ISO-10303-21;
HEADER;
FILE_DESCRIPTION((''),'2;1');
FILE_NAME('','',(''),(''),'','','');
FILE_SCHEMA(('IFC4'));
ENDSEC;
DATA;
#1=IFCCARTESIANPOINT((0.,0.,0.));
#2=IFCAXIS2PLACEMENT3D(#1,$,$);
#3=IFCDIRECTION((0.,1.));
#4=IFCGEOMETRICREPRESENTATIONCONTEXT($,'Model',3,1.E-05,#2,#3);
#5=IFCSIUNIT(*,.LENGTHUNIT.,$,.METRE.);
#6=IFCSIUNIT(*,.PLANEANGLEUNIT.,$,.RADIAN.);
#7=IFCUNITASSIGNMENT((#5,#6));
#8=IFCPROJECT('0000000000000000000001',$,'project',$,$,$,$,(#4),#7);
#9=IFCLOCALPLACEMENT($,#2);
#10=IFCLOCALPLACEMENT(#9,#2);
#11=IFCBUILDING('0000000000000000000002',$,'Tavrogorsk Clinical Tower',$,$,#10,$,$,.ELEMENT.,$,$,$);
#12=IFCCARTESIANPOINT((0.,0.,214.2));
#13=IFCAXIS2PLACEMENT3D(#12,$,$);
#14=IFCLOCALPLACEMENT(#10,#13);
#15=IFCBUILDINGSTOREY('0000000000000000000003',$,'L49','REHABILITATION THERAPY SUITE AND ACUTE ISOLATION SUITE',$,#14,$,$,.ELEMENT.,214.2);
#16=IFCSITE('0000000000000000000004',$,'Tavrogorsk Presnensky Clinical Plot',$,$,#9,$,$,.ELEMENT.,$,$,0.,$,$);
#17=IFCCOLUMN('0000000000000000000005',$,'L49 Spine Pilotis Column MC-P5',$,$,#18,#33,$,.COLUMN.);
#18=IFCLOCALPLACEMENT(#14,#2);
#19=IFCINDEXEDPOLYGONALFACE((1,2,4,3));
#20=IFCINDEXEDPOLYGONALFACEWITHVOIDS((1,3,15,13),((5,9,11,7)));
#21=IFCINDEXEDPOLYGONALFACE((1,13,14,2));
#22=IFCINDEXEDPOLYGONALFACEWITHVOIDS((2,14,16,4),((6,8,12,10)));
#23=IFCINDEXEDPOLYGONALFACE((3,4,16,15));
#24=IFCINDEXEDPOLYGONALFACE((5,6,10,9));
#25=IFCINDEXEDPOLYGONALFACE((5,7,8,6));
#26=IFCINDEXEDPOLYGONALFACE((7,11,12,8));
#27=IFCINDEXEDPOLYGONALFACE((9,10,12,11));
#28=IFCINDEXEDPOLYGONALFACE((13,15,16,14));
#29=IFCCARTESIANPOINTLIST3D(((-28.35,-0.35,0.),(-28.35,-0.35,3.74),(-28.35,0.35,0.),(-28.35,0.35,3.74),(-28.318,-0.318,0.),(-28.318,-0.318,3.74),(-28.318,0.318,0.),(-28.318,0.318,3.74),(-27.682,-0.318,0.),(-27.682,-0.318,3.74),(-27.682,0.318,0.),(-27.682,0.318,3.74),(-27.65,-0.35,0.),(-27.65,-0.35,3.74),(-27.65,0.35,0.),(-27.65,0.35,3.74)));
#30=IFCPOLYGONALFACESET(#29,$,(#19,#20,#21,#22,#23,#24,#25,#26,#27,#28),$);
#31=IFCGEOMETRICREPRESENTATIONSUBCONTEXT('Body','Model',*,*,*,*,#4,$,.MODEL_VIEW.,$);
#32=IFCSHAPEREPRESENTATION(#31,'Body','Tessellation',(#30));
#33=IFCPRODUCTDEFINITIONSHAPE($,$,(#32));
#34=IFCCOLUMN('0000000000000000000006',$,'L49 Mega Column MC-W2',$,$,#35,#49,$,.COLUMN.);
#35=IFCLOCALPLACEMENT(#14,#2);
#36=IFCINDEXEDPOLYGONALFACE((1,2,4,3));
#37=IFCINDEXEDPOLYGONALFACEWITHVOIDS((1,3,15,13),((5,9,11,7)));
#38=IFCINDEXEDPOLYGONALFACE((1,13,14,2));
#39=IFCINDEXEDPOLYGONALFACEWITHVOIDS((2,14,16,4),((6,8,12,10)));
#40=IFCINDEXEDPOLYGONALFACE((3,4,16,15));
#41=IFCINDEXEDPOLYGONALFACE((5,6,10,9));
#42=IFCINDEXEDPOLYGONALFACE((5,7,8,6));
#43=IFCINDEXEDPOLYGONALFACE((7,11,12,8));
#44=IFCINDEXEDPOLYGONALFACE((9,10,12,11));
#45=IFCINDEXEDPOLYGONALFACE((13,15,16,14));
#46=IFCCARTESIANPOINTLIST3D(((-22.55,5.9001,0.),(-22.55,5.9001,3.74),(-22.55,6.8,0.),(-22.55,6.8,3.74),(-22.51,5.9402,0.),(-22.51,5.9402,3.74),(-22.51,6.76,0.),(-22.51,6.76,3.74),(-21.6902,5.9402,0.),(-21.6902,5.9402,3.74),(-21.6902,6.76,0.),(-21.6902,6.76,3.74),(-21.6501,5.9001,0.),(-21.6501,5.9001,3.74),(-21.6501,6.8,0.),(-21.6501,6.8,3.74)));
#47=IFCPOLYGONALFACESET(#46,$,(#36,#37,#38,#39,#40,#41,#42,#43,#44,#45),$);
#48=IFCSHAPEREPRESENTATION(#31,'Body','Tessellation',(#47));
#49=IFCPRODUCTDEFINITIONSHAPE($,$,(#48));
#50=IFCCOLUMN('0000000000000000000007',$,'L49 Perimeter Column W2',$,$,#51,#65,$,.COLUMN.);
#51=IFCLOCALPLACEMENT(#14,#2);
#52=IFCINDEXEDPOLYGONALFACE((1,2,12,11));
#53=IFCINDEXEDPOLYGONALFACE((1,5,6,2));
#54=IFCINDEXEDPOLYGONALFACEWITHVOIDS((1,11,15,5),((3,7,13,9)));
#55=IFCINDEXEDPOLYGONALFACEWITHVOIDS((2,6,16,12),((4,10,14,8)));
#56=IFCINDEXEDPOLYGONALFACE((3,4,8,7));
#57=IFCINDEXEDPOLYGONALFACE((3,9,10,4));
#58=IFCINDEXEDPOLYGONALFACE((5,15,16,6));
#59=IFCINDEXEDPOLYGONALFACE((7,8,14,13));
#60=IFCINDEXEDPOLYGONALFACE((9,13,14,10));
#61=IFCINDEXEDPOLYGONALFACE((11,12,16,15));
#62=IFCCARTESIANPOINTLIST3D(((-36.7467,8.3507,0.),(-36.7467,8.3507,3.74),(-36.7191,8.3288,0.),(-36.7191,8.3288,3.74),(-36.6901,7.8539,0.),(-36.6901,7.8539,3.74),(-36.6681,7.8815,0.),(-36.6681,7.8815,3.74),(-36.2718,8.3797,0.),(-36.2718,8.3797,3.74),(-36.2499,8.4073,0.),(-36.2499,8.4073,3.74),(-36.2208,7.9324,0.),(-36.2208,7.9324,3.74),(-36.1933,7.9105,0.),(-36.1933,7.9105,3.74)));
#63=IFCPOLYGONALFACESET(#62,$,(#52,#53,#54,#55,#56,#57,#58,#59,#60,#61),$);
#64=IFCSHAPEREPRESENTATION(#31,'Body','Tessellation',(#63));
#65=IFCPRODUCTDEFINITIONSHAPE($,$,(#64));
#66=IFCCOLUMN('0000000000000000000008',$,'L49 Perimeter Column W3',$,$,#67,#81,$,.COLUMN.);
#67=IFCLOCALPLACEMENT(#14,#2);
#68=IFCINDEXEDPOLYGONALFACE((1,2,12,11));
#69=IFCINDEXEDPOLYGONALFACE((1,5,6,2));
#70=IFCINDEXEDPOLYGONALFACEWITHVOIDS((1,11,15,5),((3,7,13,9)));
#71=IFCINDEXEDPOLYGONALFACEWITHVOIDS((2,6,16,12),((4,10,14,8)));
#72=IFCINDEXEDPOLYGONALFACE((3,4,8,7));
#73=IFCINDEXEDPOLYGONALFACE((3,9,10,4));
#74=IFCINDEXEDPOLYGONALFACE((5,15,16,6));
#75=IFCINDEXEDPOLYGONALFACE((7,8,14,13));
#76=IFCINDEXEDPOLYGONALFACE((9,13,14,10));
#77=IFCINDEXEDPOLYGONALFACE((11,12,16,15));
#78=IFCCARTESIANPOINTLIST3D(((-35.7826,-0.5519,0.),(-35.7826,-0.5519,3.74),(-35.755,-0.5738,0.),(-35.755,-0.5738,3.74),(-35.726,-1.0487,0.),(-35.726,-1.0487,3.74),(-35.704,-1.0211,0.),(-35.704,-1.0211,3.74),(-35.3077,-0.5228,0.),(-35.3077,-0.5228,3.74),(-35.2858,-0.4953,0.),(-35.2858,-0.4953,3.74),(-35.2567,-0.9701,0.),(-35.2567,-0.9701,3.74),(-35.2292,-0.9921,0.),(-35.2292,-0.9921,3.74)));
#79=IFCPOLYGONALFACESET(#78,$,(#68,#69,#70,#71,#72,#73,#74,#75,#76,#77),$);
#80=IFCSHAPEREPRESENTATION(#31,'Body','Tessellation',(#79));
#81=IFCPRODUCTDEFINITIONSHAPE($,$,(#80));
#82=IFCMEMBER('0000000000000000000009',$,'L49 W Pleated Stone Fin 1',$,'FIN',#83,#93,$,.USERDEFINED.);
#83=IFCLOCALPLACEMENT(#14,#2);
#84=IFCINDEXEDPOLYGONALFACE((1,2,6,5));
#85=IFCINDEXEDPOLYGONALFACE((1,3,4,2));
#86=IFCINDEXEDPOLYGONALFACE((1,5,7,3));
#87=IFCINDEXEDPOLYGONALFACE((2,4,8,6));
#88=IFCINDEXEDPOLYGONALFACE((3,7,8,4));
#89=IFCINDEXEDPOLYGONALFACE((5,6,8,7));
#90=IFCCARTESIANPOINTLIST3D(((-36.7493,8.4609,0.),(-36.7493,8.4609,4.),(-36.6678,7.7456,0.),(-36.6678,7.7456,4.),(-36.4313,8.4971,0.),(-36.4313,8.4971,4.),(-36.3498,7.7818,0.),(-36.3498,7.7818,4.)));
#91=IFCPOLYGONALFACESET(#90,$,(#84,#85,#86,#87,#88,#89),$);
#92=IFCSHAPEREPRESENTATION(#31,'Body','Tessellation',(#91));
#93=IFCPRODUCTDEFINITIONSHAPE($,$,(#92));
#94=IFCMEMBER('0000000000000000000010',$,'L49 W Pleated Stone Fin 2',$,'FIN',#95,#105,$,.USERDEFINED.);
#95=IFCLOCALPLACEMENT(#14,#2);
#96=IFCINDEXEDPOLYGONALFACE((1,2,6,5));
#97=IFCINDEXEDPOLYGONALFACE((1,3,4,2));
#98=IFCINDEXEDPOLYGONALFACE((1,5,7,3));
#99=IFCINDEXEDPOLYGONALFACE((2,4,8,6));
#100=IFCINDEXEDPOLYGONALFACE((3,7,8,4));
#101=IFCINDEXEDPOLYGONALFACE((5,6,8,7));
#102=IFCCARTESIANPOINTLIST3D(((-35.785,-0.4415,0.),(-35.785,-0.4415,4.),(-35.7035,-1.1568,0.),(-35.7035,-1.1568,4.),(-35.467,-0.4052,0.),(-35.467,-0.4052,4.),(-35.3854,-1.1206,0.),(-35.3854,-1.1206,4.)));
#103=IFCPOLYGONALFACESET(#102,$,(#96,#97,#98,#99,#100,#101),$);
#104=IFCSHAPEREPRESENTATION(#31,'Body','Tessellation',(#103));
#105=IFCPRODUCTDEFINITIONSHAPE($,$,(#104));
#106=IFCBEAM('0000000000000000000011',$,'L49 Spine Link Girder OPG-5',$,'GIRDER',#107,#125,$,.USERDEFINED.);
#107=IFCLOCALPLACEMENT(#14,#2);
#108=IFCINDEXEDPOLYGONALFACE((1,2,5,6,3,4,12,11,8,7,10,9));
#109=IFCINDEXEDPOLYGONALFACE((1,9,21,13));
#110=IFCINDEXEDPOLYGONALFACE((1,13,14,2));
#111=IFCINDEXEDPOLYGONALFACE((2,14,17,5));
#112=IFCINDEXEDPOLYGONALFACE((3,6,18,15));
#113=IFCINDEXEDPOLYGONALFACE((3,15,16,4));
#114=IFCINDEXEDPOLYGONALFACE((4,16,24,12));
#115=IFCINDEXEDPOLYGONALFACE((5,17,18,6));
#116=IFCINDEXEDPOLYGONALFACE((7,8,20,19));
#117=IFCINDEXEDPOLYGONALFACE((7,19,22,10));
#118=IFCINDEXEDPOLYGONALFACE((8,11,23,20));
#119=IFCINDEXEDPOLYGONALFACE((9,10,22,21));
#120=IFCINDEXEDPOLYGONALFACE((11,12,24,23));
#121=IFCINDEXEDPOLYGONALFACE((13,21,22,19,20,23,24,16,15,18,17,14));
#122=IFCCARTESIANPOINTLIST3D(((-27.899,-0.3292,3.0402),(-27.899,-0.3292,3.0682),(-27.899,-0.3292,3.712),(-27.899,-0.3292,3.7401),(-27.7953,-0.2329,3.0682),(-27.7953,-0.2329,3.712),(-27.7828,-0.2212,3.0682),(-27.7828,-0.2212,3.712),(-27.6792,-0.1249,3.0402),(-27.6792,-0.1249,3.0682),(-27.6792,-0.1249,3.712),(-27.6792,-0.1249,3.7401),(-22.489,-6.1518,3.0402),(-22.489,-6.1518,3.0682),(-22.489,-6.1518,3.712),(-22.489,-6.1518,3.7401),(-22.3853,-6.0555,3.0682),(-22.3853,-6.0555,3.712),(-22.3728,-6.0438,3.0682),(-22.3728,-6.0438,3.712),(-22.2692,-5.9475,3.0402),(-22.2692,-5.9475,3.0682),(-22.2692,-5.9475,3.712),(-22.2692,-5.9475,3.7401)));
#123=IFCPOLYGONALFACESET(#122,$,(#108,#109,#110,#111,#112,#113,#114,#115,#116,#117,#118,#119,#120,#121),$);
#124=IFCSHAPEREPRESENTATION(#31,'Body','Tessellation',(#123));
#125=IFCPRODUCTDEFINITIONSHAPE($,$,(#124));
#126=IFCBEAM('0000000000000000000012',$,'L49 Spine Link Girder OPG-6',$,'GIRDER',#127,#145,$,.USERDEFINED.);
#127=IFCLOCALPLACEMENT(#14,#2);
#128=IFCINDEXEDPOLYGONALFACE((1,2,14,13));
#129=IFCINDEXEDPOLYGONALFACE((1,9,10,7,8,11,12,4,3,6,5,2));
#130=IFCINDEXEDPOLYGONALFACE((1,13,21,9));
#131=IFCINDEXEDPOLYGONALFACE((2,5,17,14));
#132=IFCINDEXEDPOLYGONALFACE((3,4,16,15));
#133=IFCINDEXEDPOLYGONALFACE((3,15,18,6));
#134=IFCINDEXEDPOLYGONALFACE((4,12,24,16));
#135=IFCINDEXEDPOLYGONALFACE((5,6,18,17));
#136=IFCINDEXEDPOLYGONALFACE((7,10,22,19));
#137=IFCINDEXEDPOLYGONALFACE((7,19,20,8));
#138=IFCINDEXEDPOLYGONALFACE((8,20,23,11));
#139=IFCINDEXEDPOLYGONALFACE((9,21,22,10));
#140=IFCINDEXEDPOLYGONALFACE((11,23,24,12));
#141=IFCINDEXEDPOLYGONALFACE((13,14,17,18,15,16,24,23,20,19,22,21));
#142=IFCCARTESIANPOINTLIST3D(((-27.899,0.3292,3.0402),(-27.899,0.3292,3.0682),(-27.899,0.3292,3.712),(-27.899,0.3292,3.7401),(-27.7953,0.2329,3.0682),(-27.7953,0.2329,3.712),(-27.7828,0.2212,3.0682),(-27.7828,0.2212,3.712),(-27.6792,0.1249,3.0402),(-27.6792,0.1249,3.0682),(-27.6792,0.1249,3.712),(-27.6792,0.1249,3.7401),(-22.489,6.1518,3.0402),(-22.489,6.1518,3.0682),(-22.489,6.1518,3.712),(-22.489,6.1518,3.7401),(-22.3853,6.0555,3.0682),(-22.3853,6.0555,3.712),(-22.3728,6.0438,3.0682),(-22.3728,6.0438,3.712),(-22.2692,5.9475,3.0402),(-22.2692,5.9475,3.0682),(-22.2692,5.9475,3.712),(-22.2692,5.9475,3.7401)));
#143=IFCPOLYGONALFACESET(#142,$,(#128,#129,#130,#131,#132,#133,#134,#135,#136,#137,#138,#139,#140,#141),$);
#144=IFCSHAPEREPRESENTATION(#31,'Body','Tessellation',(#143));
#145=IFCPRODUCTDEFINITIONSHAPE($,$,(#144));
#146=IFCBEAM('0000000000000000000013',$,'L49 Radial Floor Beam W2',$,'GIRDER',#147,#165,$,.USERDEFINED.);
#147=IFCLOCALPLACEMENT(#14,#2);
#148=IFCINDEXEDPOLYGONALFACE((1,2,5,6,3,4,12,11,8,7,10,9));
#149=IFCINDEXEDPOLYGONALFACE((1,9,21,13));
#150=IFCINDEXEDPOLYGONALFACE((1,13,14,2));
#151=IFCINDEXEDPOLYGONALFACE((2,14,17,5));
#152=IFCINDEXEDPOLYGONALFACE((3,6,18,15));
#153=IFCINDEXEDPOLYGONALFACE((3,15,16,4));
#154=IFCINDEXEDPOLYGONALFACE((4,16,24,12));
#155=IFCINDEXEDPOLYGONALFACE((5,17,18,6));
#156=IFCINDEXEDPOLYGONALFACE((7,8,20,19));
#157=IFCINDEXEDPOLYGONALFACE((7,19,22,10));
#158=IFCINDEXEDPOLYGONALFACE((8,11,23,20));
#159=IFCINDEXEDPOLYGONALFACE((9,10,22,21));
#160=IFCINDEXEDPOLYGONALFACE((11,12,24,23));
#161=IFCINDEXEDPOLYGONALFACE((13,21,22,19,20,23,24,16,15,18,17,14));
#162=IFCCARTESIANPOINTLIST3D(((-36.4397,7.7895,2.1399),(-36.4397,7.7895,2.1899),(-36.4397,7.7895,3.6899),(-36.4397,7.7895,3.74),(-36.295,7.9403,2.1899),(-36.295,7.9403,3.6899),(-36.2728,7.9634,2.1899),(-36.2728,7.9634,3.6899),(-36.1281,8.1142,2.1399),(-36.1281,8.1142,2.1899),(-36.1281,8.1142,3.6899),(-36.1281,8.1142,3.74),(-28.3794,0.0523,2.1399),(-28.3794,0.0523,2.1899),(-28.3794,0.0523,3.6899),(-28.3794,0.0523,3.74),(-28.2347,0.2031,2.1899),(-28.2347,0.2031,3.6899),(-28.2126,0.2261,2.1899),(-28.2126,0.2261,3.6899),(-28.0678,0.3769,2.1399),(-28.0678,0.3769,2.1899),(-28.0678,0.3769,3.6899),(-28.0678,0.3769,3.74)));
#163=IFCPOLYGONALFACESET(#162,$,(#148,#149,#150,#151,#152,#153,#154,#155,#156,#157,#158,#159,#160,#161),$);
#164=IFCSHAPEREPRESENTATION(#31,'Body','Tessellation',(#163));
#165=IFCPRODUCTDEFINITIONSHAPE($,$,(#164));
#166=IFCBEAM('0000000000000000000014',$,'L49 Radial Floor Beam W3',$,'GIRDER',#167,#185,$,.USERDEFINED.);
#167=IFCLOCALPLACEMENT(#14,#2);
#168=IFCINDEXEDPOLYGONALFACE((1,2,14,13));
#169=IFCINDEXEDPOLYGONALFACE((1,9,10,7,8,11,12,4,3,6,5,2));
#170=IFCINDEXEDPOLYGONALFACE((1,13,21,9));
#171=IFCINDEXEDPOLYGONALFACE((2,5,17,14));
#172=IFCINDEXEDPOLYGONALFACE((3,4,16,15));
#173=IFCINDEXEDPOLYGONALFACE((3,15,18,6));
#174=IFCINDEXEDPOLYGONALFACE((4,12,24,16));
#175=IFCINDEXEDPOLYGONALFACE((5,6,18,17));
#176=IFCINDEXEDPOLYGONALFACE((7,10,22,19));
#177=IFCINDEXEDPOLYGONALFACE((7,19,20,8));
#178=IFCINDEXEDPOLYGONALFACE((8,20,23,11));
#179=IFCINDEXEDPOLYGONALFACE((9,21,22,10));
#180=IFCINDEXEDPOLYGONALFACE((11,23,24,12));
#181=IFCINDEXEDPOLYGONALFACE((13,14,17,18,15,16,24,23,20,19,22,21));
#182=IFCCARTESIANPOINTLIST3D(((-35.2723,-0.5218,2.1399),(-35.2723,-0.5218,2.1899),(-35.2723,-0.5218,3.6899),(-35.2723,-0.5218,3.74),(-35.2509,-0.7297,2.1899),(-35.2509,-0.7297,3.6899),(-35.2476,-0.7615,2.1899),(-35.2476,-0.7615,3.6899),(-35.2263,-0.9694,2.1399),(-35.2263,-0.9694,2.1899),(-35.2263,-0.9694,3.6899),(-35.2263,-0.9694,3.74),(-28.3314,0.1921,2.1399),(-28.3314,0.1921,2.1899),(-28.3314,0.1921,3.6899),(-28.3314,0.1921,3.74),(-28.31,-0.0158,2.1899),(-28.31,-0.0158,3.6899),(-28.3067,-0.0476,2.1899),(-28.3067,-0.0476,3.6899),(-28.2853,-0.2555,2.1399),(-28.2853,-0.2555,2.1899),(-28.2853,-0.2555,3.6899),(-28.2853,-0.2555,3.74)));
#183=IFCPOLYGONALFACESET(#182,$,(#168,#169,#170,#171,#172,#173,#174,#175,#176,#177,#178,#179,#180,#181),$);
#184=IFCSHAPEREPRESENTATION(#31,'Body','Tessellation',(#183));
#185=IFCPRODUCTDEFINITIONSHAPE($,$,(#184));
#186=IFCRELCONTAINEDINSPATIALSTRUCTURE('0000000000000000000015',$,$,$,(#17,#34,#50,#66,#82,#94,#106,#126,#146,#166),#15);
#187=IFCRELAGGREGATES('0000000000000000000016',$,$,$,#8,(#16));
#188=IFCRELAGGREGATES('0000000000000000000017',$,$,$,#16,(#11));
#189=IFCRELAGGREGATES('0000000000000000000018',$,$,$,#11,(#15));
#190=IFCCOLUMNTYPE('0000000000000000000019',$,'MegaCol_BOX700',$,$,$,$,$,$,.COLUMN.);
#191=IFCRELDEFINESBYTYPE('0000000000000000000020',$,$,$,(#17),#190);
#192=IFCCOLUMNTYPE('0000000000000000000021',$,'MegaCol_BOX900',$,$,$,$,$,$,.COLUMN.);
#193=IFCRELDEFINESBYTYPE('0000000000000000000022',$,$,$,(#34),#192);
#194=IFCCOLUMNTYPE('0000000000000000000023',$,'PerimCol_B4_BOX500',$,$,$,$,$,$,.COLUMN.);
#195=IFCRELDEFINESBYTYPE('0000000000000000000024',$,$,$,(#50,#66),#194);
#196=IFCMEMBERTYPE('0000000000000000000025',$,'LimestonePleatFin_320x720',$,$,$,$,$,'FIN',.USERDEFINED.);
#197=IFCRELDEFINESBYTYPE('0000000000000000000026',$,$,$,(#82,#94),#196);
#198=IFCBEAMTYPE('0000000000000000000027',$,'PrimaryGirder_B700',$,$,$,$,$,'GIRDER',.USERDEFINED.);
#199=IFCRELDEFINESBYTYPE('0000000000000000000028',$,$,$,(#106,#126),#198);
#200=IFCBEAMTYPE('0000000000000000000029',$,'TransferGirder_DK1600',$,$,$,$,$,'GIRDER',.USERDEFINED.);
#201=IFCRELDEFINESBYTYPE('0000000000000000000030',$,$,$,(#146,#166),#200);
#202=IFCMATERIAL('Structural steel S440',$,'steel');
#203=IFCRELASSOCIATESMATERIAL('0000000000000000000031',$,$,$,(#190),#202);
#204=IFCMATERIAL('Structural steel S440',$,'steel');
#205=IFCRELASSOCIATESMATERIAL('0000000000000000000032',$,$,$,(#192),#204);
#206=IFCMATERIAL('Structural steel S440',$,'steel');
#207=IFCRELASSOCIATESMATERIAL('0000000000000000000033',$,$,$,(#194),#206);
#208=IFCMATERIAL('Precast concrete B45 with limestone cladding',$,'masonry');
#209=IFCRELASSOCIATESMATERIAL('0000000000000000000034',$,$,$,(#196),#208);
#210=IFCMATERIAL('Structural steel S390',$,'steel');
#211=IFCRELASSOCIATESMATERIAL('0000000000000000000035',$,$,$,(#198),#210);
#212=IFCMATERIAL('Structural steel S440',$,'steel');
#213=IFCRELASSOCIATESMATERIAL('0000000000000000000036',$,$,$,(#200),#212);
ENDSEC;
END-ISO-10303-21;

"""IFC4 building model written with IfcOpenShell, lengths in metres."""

from ifc_helpers import new_model, si_unit, direction, frame, origin, origin_2d, place, context, subcontext, project, spatial, rectangle, hollow_rectangle, i_section, extrude, material, material_profile, profile_set, type_object, element, save


model = new_model("IFC4")

# Units and contexts
model_context = context("Model", 3, precision=1e-05, world=origin(), true_north=direction((0.0, 1.0)))
body_context = subcontext(model_context, "Body", "Model", "MODEL_VIEW")
ifc_project = project(units=[si_unit("LENGTHUNIT", "METRE"), si_unit("PLANEANGLEUNIT", "RADIAN")], contexts=[model_context])

# Site, building, storey
site_placement = place(None, origin())
site = spatial("IfcSite", under=ifc_project, at=site_placement, Name="Tavrogorsk Presnensky Clinical Plot", CompositionType="ELEMENT", RefElevation=0.0)
building_placement = place(site_placement, origin())
building = spatial("IfcBuilding", under=site, at=building_placement, Name="Tavrogorsk Clinical Tower", CompositionType="ELEMENT")
storey_placement = place(building_placement, frame((0.0, 0.0, 214.2)))
storey = spatial("IfcBuildingStorey", under=building, at=storey_placement, Name="L49", Description="REHABILITATION THERAPY SUITE AND ACUTE ISOLATION SUITE", CompositionType="ELEMENT", Elevation=214.2)

# Columns
ifc_material_1 = material(Name="Structural steel S440", Category="steel")
ifc_material_profile_1 = material_profile(ifc_material_1, hollow_rectangle(XDim=0.7, YDim=0.7, WallThickness=0.032, at=origin_2d()), Name="BOX-700x700x32")
ifc_profile_set_1 = profile_set([ifc_material_profile_1], Name="Structural steel S440")
column_type_1 = type_object("IfcColumnType", Name="MegaCol_BOX700", PredefinedType="COLUMN", material=ifc_profile_set_1)
column_1_placement = place(storey_placement, frame((-28.0, 0.0, 0.0), z_axis=(0.0, 0.0, 1.0), x_axis=(1.0, 0.0, 0.0)))
element("IfcColumn", 1, at=column_1_placement, inside=storey, type_object=column_type_1, Name="L49 Spine Pilotis Column MC-P5", PredefinedType="COLUMN", context=body_context, shape_type="SweptSolid", body=[
    extrude(hollow_rectangle(XDim=0.7, YDim=0.7, WallThickness=0.032, at=origin_2d()), origin(), (0.0, 0.0, 1.0), 3.74),
])
ifc_material_2 = material(Name="Structural steel S440", Category="steel")
ifc_material_profile_2 = material_profile(ifc_material_2, hollow_rectangle(XDim=0.8999, YDim=0.8999, WallThickness=0.04, at=origin_2d()), Name="BOX-900x900x40")
ifc_profile_set_2 = profile_set([ifc_material_profile_2], Name="Structural steel S440")
column_type_2 = type_object("IfcColumnType", Name="MegaCol_BOX900", PredefinedType="COLUMN", material=ifc_profile_set_2)
column_2_placement = place(storey_placement, frame((-22.1001, 6.3501, 0.0), z_axis=(0.0, 0.0, 1.0), x_axis=(1.0, 0.0, 0.0)))
element("IfcColumn", 2, at=column_2_placement, inside=storey, type_object=column_type_2, Name="L49 Mega Column MC-W2", PredefinedType="COLUMN", context=body_context, shape_type="SweptSolid", body=[
    extrude(hollow_rectangle(XDim=0.8999, YDim=0.8999, WallThickness=0.04, at=origin_2d()), origin(), (0.0, 0.0, 1.0), 3.74),
])
ifc_material_3 = material(Name="Structural steel S440", Category="steel")
ifc_material_profile_3 = material_profile(ifc_material_3, hollow_rectangle(XDim=0.5, YDim=0.5, WallThickness=0.0249, at=origin_2d()), Name="BOX-500x500x25")
ifc_profile_set_3 = profile_set([ifc_material_profile_3], Name="Structural steel S440")
column_type_3 = type_object("IfcColumnType", Name="PerimCol_B4_BOX500", PredefinedType="COLUMN", material=ifc_profile_set_3)
for number, where, z_axis, x_axis, name in (
    (3, (-36.47, 8.1306, 0.0), (0.0, 0.0, 1.0), (0.993572, 0.113203, 0.0), "L49 Perimeter Column W2"),
    (4, (-35.5059, -0.772, 0.0), (0.0, 0.0, 1.0), (0.993572, 0.113203, 0.0), "L49 Perimeter Column W3"),
):
    element("IfcColumn", number, at=place(storey_placement, frame(where, z_axis=z_axis, x_axis=x_axis)), inside=storey, type_object=column_type_3, Name=name, PredefinedType="COLUMN", context=body_context, shape_type="SweptSolid", body=[
        extrude(hollow_rectangle(XDim=0.5, YDim=0.5, WallThickness=0.0249, at=origin_2d()), origin(), (0.0, 0.0, 1.0), 3.74),
    ])

# Members
ifc_material_4 = material(Name="Precast concrete B45 with limestone cladding", Category="masonry")
ifc_material_profile_4 = material_profile(ifc_material_4, rectangle(XDim=0.3201, YDim=0.72, at=origin_2d()), Name="LIMESTONE-FIN-320x720")
ifc_profile_set_4 = profile_set([ifc_material_profile_4], Name="Precast concrete B45 with limestone cladding")
member_type = type_object("IfcMemberType", Name="LimestonePleatFin_320x720", ElementType="FIN", PredefinedType="USERDEFINED", material=ifc_profile_set_4)
for number, where, z_axis, x_axis, name in (
    (5, (-36.5496, 8.1213, 0.0), (0.0, 0.0, 1.0), (0.993572, 0.113203, 0.0), "L49 W Pleated Stone Fin 1"),
    (6, (-35.5852, -0.781, 0.0), (0.0, 0.0, 1.0), (0.993572, 0.113203, 0.0), "L49 W Pleated Stone Fin 2"),
):
    element("IfcMember", number, at=place(storey_placement, frame(where, z_axis=z_axis, x_axis=x_axis)), inside=storey, type_object=member_type, Name=name, ObjectType="FIN", PredefinedType="USERDEFINED", context=body_context, shape_type="SweptSolid", body=[
        extrude(rectangle(XDim=0.3201, YDim=0.72, at=origin_2d()), origin(), (0.0, 0.0, 1.0), 4.0),
    ])

# Beams
ifc_material_5 = material(Name="Structural steel S390", Category="steel")
ifc_material_profile_5 = material_profile(ifc_material_5, i_section(OverallWidth=0.3, OverallDepth=0.7, WebThickness=0.0171, FlangeThickness=0.0281, at=origin_2d()), Name="B-700x300x17x28")
ifc_profile_set_5 = profile_set([ifc_material_profile_5], Name="Structural steel S390")
beam_type_1 = type_object("IfcBeamType", Name="PrimaryGirder_B700", ElementType="GIRDER", PredefinedType="USERDEFINED", material=ifc_profile_set_5)
for number, where, z_axis, x_axis, name in (
    (7, (-27.7891, -0.2271, 3.3901), (0.680674, -0.732587, 0.0), (0.732587, 0.680674, 0.0), "L49 Spine Link Girder OPG-5"),
    (8, (-27.7891, 0.2271, 3.3901), (0.680674, 0.732587, 0.0), (-0.732587, 0.680674, 0.0), "L49 Spine Link Girder OPG-6"),
):
    element("IfcBeam", number, at=place(storey_placement, frame(where, z_axis=z_axis, x_axis=x_axis)), inside=storey, type_object=beam_type_1, Name=name, ObjectType="GIRDER", PredefinedType="USERDEFINED", context=body_context, shape_type="SweptSolid", body=[
        extrude(i_section(OverallWidth=0.3, OverallDepth=0.7, WebThickness=0.0171, FlangeThickness=0.0281, at=origin_2d()), origin(), (0.0, 0.0, 1.0), 7.948),
    ])
ifc_material_6 = material(Name="Structural steel S440", Category="steel")
ifc_material_profile_6 = material_profile(ifc_material_6, i_section(OverallWidth=0.45, OverallDepth=1.6001, WebThickness=0.032, FlangeThickness=0.05, at=origin_2d()), Name="DK-1600x450x32x50")
ifc_profile_set_6 = profile_set([ifc_material_profile_6], Name="Structural steel S440")
beam_type_2 = type_object("IfcBeamType", Name="TransferGirder_DK1600", ElementType="GIRDER", PredefinedType="USERDEFINED", material=ifc_profile_set_6)
beam_1_placement = place(storey_placement, frame((-28.2236, 0.2146, 2.9399), z_axis=(-0.721414, 0.692505, 0.0), x_axis=(-0.692505, -0.721414, 0.0)))
element("IfcBeam", 9, at=beam_1_placement, inside=storey, type_object=beam_type_2, Name="L49 Radial Floor Beam W2", ObjectType="GIRDER", PredefinedType="USERDEFINED", context=body_context, shape_type="SweptSolid", body=[
    extrude(i_section(OverallWidth=0.45, OverallDepth=1.6001, WebThickness=0.032, FlangeThickness=0.05, at=origin_2d()), origin(), (0.0, 0.0, 1.0), 11.1729),
])
beam_2_placement = place(storey_placement, frame((-28.3083, -0.0317, 2.9399), z_axis=(-0.994753, -0.102309, 0.0), x_axis=(0.102309, -0.994753, 0.0)))
element("IfcBeam", 10, at=beam_2_placement, inside=storey, type_object=beam_type_2, Name="L49 Radial Floor Beam W3", ObjectType="GIRDER", PredefinedType="USERDEFINED", context=body_context, shape_type="SweptSolid", body=[
    extrude(i_section(OverallWidth=0.45, OverallDepth=1.6001, WebThickness=0.032, FlangeThickness=0.05, at=origin_2d()), origin(), (0.0, 0.0, 1.0), 6.9775),
])

save(model, "model.ifc")
